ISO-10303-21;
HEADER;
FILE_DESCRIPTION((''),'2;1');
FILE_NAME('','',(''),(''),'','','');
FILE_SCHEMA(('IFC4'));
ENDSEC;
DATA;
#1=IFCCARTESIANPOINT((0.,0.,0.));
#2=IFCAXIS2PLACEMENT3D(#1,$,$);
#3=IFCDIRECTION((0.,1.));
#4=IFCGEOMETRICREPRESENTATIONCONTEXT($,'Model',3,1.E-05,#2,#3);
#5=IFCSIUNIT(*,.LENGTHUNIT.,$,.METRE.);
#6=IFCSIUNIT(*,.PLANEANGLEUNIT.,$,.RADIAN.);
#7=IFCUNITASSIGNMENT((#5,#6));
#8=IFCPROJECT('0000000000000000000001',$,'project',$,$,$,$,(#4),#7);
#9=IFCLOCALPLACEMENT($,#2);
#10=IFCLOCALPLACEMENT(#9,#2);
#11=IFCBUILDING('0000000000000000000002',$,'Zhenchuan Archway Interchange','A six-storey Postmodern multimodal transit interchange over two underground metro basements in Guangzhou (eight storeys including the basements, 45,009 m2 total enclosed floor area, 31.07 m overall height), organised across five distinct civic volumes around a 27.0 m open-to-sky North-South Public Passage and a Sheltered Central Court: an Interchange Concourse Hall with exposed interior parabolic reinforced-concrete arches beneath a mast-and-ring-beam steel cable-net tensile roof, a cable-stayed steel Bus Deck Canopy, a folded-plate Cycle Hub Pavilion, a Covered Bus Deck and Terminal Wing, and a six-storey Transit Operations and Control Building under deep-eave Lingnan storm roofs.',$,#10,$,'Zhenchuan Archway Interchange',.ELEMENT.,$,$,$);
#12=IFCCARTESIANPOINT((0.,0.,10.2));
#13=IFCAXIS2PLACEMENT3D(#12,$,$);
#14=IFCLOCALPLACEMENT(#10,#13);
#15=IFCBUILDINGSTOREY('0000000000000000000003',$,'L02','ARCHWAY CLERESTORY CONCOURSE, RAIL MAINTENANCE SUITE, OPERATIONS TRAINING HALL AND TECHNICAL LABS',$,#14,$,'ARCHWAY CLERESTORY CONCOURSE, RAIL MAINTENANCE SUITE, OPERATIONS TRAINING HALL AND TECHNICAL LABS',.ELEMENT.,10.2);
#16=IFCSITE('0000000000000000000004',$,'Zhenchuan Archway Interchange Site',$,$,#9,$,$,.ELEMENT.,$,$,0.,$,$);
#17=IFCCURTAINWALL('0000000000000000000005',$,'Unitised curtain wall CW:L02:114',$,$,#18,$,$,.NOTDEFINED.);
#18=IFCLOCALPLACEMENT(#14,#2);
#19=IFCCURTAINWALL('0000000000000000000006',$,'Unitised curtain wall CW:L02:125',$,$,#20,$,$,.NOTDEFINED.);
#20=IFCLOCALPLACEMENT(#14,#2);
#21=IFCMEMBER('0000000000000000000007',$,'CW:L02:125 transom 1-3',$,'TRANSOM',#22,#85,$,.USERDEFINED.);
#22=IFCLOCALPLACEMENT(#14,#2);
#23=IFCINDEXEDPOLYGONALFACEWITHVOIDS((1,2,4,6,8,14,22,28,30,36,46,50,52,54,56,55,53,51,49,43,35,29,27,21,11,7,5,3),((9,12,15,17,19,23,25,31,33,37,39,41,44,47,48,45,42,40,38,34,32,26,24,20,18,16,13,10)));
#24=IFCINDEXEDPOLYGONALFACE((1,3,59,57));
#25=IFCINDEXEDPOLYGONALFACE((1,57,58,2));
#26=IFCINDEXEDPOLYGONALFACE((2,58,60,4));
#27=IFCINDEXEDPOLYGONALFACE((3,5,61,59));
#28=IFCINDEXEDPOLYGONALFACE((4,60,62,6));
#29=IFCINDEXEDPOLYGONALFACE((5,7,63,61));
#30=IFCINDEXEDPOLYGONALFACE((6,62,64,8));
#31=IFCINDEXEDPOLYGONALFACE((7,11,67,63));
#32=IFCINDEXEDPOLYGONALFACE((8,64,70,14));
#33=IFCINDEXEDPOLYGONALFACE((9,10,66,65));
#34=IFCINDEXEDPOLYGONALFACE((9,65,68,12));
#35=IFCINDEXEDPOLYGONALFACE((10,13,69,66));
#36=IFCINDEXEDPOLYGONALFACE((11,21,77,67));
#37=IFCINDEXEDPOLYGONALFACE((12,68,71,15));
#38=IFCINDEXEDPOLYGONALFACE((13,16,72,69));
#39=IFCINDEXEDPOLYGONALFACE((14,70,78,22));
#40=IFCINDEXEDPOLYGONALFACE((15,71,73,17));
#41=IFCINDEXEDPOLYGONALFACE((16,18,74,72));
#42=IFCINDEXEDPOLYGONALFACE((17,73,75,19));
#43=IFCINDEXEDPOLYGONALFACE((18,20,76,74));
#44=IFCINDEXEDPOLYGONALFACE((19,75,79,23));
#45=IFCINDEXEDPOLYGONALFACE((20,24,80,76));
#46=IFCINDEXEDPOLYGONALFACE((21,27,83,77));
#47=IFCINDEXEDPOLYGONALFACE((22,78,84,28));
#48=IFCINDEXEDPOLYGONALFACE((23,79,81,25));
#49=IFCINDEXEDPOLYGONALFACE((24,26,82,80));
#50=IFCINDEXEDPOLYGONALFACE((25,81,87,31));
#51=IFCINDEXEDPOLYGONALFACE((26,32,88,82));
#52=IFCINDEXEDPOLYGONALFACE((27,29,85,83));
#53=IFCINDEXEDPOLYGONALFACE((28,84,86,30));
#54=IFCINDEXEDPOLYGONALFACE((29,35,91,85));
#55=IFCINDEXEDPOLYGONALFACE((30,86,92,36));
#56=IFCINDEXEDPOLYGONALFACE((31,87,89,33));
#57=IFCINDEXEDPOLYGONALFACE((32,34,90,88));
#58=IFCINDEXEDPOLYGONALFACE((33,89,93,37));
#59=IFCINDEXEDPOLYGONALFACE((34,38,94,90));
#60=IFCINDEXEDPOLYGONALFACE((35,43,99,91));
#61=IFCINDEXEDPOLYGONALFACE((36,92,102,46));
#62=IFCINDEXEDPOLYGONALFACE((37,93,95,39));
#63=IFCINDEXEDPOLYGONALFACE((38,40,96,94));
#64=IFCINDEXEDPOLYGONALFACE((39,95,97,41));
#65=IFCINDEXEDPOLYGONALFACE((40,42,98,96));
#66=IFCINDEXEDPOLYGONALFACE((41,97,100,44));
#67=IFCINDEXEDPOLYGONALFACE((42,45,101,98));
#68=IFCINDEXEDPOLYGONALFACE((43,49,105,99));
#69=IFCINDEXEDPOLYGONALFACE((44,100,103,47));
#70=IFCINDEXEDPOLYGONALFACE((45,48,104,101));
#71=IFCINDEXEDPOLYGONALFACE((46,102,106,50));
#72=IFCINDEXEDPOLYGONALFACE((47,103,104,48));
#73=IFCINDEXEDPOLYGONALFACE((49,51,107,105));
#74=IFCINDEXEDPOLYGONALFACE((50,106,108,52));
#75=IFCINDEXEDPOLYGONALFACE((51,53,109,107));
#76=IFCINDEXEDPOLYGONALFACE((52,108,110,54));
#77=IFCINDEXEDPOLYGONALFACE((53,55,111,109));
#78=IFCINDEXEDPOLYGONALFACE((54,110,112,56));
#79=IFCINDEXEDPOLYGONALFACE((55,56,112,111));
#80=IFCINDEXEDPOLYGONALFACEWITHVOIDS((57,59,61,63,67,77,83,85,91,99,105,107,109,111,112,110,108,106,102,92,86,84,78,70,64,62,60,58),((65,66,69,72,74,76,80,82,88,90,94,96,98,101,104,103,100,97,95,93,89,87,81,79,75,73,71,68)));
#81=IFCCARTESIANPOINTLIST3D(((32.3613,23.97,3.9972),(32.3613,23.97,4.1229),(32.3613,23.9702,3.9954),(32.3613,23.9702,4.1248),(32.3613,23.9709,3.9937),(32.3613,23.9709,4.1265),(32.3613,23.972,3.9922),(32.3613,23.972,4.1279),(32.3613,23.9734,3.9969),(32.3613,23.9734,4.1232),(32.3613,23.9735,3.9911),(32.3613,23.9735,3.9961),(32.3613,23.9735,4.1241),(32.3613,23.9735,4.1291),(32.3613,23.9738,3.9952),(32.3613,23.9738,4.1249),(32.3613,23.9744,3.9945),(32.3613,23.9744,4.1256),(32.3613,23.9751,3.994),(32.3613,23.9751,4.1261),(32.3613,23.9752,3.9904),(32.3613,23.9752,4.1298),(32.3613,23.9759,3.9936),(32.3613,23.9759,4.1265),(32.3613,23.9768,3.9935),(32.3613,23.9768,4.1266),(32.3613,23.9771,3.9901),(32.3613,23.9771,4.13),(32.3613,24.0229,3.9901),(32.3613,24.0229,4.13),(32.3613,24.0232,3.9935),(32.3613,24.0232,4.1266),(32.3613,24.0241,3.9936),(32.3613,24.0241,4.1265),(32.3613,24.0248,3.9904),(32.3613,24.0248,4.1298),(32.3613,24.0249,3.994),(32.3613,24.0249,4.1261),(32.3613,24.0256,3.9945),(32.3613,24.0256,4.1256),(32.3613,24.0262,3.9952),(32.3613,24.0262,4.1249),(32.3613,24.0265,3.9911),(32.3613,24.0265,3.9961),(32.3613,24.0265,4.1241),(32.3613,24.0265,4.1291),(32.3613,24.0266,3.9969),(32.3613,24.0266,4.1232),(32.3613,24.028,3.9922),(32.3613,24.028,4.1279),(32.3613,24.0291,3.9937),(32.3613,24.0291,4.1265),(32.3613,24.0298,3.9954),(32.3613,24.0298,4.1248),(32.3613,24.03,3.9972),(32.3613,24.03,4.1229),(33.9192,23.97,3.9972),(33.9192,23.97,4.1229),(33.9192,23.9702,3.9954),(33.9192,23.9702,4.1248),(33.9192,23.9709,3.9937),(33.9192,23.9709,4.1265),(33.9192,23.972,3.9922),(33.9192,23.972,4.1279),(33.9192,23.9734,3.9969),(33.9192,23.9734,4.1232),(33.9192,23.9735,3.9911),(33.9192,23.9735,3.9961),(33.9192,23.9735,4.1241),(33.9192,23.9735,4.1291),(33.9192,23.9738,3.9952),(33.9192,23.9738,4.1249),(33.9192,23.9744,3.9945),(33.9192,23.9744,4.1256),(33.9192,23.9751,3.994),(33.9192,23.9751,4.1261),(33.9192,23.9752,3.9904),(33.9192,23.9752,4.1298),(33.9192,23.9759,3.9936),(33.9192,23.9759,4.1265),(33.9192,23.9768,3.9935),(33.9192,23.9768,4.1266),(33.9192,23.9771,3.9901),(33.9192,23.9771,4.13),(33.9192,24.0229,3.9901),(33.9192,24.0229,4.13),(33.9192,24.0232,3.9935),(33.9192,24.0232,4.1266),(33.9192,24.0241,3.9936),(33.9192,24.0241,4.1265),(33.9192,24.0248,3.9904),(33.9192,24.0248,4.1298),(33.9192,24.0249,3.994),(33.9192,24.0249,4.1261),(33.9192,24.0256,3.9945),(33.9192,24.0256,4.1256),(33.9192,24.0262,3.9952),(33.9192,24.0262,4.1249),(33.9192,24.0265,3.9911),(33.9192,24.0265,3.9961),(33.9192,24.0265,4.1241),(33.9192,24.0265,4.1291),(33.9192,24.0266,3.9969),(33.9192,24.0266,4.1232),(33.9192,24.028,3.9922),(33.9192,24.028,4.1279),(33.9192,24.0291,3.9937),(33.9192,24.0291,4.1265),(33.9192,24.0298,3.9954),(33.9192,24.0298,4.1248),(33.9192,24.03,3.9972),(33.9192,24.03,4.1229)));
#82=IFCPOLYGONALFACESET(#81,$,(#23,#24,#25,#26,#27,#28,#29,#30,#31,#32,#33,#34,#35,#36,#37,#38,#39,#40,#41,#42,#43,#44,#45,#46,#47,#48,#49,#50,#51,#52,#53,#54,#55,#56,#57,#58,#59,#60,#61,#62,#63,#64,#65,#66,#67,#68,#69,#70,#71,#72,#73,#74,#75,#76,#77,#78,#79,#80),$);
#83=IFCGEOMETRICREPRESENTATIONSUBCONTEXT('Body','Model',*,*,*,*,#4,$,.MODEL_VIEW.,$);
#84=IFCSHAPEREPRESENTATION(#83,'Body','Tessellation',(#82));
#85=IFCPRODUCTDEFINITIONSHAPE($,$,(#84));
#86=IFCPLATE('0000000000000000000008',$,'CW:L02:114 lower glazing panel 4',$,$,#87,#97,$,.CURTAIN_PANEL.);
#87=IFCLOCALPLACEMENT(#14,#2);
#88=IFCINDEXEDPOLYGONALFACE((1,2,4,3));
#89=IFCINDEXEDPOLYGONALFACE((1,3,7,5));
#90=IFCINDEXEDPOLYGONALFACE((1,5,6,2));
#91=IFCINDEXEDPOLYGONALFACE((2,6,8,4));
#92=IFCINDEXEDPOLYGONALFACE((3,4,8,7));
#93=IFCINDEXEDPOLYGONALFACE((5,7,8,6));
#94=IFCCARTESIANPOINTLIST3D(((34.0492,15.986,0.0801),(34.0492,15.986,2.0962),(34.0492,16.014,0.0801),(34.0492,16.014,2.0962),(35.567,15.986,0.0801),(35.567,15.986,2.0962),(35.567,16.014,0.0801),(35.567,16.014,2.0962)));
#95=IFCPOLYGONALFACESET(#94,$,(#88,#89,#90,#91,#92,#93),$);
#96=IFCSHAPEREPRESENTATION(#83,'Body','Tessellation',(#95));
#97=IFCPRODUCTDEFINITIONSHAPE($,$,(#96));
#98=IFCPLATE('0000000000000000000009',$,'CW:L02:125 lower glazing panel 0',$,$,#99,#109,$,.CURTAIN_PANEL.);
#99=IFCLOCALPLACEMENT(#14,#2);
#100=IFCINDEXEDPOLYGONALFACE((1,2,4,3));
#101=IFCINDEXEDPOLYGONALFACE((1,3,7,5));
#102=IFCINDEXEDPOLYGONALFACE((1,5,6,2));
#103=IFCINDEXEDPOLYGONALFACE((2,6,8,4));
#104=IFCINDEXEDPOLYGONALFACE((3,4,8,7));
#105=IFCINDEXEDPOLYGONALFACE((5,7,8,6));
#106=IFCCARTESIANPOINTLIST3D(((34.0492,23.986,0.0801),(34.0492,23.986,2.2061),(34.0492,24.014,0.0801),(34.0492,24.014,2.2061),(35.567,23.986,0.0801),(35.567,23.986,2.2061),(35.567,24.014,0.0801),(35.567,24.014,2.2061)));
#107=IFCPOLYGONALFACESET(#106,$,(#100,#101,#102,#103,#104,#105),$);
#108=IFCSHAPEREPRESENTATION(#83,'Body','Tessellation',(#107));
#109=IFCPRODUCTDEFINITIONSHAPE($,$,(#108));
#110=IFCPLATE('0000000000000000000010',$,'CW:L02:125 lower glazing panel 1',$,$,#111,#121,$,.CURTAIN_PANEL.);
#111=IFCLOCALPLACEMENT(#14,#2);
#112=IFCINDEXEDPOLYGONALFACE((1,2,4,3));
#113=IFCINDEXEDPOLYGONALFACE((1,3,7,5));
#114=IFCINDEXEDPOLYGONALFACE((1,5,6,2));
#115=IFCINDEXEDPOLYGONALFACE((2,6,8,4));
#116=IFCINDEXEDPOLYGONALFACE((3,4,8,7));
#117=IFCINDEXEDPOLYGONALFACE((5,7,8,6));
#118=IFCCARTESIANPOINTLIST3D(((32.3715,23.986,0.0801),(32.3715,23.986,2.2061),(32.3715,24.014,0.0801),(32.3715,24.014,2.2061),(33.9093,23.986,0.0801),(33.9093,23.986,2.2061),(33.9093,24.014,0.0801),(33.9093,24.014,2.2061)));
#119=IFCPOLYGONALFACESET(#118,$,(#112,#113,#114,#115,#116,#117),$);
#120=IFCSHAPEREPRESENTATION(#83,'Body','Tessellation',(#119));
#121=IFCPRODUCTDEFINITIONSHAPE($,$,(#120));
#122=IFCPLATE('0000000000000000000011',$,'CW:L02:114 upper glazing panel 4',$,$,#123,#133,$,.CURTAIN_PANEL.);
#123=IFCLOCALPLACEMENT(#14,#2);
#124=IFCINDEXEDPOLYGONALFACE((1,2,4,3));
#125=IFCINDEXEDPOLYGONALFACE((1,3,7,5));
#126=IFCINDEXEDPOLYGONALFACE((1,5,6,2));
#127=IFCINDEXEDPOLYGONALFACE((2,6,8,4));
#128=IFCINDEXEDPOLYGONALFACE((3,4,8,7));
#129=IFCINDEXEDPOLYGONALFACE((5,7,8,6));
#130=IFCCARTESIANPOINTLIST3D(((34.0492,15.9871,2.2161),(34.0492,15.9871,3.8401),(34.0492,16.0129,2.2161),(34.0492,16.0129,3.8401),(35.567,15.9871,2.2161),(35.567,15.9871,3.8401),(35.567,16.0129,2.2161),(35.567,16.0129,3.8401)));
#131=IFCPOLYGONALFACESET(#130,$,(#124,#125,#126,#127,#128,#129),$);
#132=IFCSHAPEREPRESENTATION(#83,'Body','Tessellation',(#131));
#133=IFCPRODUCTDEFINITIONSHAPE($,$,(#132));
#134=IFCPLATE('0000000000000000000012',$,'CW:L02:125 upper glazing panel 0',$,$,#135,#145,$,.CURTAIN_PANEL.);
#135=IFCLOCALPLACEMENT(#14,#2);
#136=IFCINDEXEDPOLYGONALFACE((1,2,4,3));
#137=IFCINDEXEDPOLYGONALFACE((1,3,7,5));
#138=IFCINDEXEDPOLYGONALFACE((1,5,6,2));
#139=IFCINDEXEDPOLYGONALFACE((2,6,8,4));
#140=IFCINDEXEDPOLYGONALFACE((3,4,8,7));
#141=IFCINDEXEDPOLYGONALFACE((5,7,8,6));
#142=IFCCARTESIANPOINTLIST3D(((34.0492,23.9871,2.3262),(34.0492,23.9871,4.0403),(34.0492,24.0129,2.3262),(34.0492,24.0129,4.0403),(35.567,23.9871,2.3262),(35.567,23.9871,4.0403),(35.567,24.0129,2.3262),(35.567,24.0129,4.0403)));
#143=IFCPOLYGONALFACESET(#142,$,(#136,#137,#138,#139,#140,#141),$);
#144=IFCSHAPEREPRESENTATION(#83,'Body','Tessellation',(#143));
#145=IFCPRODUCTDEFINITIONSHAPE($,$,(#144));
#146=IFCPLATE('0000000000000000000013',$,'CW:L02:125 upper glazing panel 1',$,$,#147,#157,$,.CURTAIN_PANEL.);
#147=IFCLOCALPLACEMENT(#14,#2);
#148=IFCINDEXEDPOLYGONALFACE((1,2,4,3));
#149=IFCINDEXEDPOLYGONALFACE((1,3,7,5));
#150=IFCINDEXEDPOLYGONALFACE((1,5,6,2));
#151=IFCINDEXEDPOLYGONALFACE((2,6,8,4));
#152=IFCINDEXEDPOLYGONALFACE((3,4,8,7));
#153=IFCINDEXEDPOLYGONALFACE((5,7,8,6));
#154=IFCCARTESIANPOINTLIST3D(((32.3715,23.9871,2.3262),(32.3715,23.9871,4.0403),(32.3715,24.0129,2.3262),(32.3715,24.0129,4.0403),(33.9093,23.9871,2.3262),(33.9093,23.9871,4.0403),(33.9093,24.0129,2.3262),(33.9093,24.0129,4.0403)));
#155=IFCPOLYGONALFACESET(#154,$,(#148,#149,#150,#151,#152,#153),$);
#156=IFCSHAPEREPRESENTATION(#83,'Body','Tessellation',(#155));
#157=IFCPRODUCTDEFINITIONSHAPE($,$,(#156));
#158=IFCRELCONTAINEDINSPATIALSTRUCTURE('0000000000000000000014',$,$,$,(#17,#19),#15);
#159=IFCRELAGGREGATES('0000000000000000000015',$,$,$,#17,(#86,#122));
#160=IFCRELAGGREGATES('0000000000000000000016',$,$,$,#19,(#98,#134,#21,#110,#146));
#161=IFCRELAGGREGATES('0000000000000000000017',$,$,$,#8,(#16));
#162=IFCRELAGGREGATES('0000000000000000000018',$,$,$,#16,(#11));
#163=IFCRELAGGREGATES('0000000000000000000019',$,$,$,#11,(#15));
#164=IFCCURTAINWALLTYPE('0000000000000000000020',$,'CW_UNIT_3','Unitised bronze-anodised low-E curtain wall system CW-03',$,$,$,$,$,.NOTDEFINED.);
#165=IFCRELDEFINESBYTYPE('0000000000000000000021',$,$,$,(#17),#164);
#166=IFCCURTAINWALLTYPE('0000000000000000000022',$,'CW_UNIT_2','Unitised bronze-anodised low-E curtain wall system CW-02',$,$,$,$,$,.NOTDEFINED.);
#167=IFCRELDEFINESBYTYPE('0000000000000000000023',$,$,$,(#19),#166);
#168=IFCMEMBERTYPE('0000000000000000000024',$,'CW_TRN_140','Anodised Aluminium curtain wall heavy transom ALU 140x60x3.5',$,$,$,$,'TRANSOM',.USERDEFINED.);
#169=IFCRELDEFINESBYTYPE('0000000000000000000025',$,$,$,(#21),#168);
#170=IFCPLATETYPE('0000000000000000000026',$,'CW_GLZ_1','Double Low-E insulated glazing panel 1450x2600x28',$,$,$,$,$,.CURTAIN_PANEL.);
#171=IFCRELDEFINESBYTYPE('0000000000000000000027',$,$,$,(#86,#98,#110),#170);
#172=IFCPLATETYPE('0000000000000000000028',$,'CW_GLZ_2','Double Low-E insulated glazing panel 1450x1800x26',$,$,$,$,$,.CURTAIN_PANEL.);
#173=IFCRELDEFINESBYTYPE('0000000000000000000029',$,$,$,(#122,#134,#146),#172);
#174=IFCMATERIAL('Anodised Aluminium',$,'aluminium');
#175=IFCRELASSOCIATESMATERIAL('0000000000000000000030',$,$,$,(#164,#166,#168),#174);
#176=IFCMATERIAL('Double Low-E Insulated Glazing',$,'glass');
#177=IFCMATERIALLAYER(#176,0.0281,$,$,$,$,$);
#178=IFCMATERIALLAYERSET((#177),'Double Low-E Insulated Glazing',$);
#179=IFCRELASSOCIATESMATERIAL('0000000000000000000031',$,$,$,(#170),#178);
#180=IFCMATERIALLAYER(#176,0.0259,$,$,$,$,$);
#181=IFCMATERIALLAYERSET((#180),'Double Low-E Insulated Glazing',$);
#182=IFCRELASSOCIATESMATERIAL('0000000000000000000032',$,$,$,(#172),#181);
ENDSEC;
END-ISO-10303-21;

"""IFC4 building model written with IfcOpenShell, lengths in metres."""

from ifc_helpers import new_model, si_unit, direction, frame, origin, origin_2d, place, context, subcontext, project, spatial, rectangle, hollow_rectangle, extrude, material, layer, layer_set, material_profile, profile_set, type_object, element, aggregate, save


model = new_model("IFC4")

# Units and contexts
model_context = context("Model", 3, precision=1e-05, world=origin(), true_north=direction((0.0, 1.0)))
body_context = subcontext(model_context, "Body", "Model", "MODEL_VIEW")
ifc_project = project(units=[si_unit("LENGTHUNIT", "METRE"), si_unit("PLANEANGLEUNIT", "RADIAN")], contexts=[model_context])

# Site, building, storey
site_placement = place(None, origin())
site = spatial("IfcSite", under=ifc_project, at=site_placement, Name="Zhenchuan Archway Interchange Site", CompositionType="ELEMENT", RefElevation=0.0)
building_placement = place(site_placement, origin())
building = spatial("IfcBuilding", under=site, at=building_placement, Name="Zhenchuan Archway Interchange", Description="A six-storey Postmodern multimodal transit interchange over two underground metro basements in Guangzhou (eight storeys including the basements, 45,009 m2 total enclosed floor area, 31.07 m overall height), organised across five distinct civic volumes around a 27.0 m open-to-sky North-South Public Passage and a Sheltered Central Court: an Interchange Concourse Hall with exposed interior parabolic reinforced-concrete arches beneath a mast-and-ring-beam steel cable-net tensile roof, a cable-stayed steel Bus Deck Canopy, a folded-plate Cycle Hub Pavilion, a Covered Bus Deck and Terminal Wing, and a six-storey Transit Operations and Control Building under deep-eave Lingnan storm roofs.", LongName="Zhenchuan Archway Interchange", CompositionType="ELEMENT")
storey_placement = place(building_placement, frame((0.0, 0.0, 10.2)))
storey = spatial("IfcBuildingStorey", under=building, at=storey_placement, Name="L02", Description="ARCHWAY CLERESTORY CONCOURSE, RAIL MAINTENANCE SUITE, OPERATIONS TRAINING HALL AND TECHNICAL LABS", LongName="ARCHWAY CLERESTORY CONCOURSE, RAIL MAINTENANCE SUITE, OPERATIONS TRAINING HALL AND TECHNICAL LABS", CompositionType="ELEMENT", Elevation=10.2)

# Curtain walls
ifc_material_1 = material(Name="Anodised Aluminium", Category="aluminium")
curtain_wall_type_1 = type_object("IfcCurtainWallType", Name="CW_UNIT_3", Description="Unitised bronze-anodised low-E curtain wall system CW-03", PredefinedType="NOTDEFINED", material=ifc_material_1)
curtain_wall_1_placement = place(storey_placement, origin())
curtain_wall_1 = element("IfcCurtainWall", 1, at=curtain_wall_1_placement, inside=storey, type_object=curtain_wall_type_1, Name="Unitised curtain wall CW:L02:114", PredefinedType="NOTDEFINED")
curtain_wall_type_2 = type_object("IfcCurtainWallType", Name="CW_UNIT_2", Description="Unitised bronze-anodised low-E curtain wall system CW-02", PredefinedType="NOTDEFINED", material=ifc_material_1)
curtain_wall_2_placement = place(storey_placement, origin())
curtain_wall_2 = element("IfcCurtainWall", 2, at=curtain_wall_2_placement, inside=storey, type_object=curtain_wall_type_2, Name="Unitised curtain wall CW:L02:125", PredefinedType="NOTDEFINED")

# Member
ifc_material_profile_1 = material_profile(ifc_material_1, hollow_rectangle(XDim=0.0601, YDim=0.1399, WallThickness=0.0034, InnerFilletRadius=0.0034, OuterFilletRadius=0.0071, at=origin_2d()), Name="ALU 140x60x3.5")
ifc_profile_set_1 = profile_set([ifc_material_profile_1], Name="Anodised Aluminium")
member_type_1 = type_object("IfcMemberType", Name="CW_TRN_140", Description="Anodised Aluminium curtain wall heavy transom ALU 140x60x3.5", ElementType="TRANSOM", PredefinedType="USERDEFINED", material=ifc_profile_set_1)
member_1_placement = place(storey_placement, frame((33.9192, 24.0, 4.0601), z_axis=(-1.0, 0.0, 0.0), x_axis=(0.0, -1.0, 0.0)))
member_1 = element("IfcMember", 3, at=member_1_placement, type_object=member_type_1, Name="CW:L02:125 transom 1-3", ObjectType="TRANSOM", PredefinedType="USERDEFINED", context=body_context, shape_type="SweptSolid", body=[
    extrude(hollow_rectangle(XDim=0.0601, YDim=0.1399, WallThickness=0.0034, InnerFilletRadius=0.0034, OuterFilletRadius=0.0071, at=origin_2d()), origin(), (0.0, 0.0, 1.0), 1.5579),
])

# Plates
ifc_material_2 = material(Name="Double Low-E Insulated Glazing", Category="glass")
ifc_layer_1 = layer(ifc_material_2, 0.0281)
ifc_layer_set_1 = layer_set([ifc_layer_1], Name="Double Low-E Insulated Glazing")
plate_type_1 = type_object("IfcPlateType", Name="CW_GLZ_1", Description="Double Low-E insulated glazing panel 1450x2600x28", PredefinedType="CURTAIN_PANEL", material=ifc_layer_set_1)
plate_1_placement = place(storey_placement, frame((34.8081, 16.0, 0.0801), z_axis=(0.0, 0.0, 1.0), x_axis=(1.0, 0.0, 0.0)))
plate_1 = element("IfcPlate", 4, at=plate_1_placement, type_object=plate_type_1, Name="CW:L02:114 lower glazing panel 4", PredefinedType="CURTAIN_PANEL", context=body_context, shape_type="SweptSolid", body=[
    extrude(rectangle(XDim=1.5178, YDim=0.0281, at=origin_2d()), origin(), (0.0, 0.0, 1.0), 2.0161),
])
plate_2_placement = place(storey_placement, frame((34.8081, 24.0, 0.0801), z_axis=(0.0, 0.0, 1.0), x_axis=(-1.0, 0.0, 0.0)))
plate_2 = element("IfcPlate", 5, at=plate_2_placement, type_object=plate_type_1, Name="CW:L02:125 lower glazing panel 0", PredefinedType="CURTAIN_PANEL", context=body_context, shape_type="SweptSolid", body=[
    extrude(rectangle(XDim=1.5178, YDim=0.0281, at=origin_2d()), origin(), (0.0, 0.0, 1.0), 2.126),
])
plate_3_placement = place(storey_placement, frame((33.1404, 24.0, 0.0801), z_axis=(0.0, 0.0, 1.0), x_axis=(-1.0, 0.0, 0.0)))
plate_3 = element("IfcPlate", 6, at=plate_3_placement, type_object=plate_type_1, Name="CW:L02:125 lower glazing panel 1", PredefinedType="CURTAIN_PANEL", context=body_context, shape_type="SweptSolid", body=[
    extrude(rectangle(XDim=1.5378, YDim=0.0281, at=origin_2d()), origin(), (0.0, 0.0, 1.0), 2.126),
])
ifc_layer_2 = layer(ifc_material_2, 0.0259)
ifc_layer_set_2 = layer_set([ifc_layer_2], Name="Double Low-E Insulated Glazing")
plate_type_2 = type_object("IfcPlateType", Name="CW_GLZ_2", Description="Double Low-E insulated glazing panel 1450x1800x26", PredefinedType="CURTAIN_PANEL", material=ifc_layer_set_2)
plate_4_placement = place(storey_placement, frame((34.8081, 16.0, 2.2161), z_axis=(0.0, 0.0, 1.0), x_axis=(1.0, 0.0, 0.0)))
plate_4 = element("IfcPlate", 7, at=plate_4_placement, type_object=plate_type_2, Name="CW:L02:114 upper glazing panel 4", PredefinedType="CURTAIN_PANEL", context=body_context, shape_type="SweptSolid", body=[
    extrude(rectangle(XDim=1.5178, YDim=0.0259, at=origin_2d()), origin(), (0.0, 0.0, 1.0), 1.624),
])
aggregate(curtain_wall_1, [plate_1, plate_4])
plate_5_placement = place(storey_placement, frame((34.8081, 24.0, 2.3262), z_axis=(0.0, 0.0, 1.0), x_axis=(-1.0, 0.0, 0.0)))
plate_5 = element("IfcPlate", 8, at=plate_5_placement, type_object=plate_type_2, Name="CW:L02:125 upper glazing panel 0", PredefinedType="CURTAIN_PANEL", context=body_context, shape_type="SweptSolid", body=[
    extrude(rectangle(XDim=1.5178, YDim=0.0259, at=origin_2d()), origin(), (0.0, 0.0, 1.0), 1.7141),
])
plate_6_placement = place(storey_placement, frame((33.1404, 24.0, 2.3262), z_axis=(0.0, 0.0, 1.0), x_axis=(-1.0, 0.0, 0.0)))
plate_6 = element("IfcPlate", 9, at=plate_6_placement, type_object=plate_type_2, Name="CW:L02:125 upper glazing panel 1", PredefinedType="CURTAIN_PANEL", context=body_context, shape_type="SweptSolid", body=[
    extrude(rectangle(XDim=1.5378, YDim=0.0259, at=origin_2d()), origin(), (0.0, 0.0, 1.0), 1.7141),
])
aggregate(curtain_wall_2, [plate_2, plate_5, member_1, plate_3, plate_6])

save(model, "model.ifc")
